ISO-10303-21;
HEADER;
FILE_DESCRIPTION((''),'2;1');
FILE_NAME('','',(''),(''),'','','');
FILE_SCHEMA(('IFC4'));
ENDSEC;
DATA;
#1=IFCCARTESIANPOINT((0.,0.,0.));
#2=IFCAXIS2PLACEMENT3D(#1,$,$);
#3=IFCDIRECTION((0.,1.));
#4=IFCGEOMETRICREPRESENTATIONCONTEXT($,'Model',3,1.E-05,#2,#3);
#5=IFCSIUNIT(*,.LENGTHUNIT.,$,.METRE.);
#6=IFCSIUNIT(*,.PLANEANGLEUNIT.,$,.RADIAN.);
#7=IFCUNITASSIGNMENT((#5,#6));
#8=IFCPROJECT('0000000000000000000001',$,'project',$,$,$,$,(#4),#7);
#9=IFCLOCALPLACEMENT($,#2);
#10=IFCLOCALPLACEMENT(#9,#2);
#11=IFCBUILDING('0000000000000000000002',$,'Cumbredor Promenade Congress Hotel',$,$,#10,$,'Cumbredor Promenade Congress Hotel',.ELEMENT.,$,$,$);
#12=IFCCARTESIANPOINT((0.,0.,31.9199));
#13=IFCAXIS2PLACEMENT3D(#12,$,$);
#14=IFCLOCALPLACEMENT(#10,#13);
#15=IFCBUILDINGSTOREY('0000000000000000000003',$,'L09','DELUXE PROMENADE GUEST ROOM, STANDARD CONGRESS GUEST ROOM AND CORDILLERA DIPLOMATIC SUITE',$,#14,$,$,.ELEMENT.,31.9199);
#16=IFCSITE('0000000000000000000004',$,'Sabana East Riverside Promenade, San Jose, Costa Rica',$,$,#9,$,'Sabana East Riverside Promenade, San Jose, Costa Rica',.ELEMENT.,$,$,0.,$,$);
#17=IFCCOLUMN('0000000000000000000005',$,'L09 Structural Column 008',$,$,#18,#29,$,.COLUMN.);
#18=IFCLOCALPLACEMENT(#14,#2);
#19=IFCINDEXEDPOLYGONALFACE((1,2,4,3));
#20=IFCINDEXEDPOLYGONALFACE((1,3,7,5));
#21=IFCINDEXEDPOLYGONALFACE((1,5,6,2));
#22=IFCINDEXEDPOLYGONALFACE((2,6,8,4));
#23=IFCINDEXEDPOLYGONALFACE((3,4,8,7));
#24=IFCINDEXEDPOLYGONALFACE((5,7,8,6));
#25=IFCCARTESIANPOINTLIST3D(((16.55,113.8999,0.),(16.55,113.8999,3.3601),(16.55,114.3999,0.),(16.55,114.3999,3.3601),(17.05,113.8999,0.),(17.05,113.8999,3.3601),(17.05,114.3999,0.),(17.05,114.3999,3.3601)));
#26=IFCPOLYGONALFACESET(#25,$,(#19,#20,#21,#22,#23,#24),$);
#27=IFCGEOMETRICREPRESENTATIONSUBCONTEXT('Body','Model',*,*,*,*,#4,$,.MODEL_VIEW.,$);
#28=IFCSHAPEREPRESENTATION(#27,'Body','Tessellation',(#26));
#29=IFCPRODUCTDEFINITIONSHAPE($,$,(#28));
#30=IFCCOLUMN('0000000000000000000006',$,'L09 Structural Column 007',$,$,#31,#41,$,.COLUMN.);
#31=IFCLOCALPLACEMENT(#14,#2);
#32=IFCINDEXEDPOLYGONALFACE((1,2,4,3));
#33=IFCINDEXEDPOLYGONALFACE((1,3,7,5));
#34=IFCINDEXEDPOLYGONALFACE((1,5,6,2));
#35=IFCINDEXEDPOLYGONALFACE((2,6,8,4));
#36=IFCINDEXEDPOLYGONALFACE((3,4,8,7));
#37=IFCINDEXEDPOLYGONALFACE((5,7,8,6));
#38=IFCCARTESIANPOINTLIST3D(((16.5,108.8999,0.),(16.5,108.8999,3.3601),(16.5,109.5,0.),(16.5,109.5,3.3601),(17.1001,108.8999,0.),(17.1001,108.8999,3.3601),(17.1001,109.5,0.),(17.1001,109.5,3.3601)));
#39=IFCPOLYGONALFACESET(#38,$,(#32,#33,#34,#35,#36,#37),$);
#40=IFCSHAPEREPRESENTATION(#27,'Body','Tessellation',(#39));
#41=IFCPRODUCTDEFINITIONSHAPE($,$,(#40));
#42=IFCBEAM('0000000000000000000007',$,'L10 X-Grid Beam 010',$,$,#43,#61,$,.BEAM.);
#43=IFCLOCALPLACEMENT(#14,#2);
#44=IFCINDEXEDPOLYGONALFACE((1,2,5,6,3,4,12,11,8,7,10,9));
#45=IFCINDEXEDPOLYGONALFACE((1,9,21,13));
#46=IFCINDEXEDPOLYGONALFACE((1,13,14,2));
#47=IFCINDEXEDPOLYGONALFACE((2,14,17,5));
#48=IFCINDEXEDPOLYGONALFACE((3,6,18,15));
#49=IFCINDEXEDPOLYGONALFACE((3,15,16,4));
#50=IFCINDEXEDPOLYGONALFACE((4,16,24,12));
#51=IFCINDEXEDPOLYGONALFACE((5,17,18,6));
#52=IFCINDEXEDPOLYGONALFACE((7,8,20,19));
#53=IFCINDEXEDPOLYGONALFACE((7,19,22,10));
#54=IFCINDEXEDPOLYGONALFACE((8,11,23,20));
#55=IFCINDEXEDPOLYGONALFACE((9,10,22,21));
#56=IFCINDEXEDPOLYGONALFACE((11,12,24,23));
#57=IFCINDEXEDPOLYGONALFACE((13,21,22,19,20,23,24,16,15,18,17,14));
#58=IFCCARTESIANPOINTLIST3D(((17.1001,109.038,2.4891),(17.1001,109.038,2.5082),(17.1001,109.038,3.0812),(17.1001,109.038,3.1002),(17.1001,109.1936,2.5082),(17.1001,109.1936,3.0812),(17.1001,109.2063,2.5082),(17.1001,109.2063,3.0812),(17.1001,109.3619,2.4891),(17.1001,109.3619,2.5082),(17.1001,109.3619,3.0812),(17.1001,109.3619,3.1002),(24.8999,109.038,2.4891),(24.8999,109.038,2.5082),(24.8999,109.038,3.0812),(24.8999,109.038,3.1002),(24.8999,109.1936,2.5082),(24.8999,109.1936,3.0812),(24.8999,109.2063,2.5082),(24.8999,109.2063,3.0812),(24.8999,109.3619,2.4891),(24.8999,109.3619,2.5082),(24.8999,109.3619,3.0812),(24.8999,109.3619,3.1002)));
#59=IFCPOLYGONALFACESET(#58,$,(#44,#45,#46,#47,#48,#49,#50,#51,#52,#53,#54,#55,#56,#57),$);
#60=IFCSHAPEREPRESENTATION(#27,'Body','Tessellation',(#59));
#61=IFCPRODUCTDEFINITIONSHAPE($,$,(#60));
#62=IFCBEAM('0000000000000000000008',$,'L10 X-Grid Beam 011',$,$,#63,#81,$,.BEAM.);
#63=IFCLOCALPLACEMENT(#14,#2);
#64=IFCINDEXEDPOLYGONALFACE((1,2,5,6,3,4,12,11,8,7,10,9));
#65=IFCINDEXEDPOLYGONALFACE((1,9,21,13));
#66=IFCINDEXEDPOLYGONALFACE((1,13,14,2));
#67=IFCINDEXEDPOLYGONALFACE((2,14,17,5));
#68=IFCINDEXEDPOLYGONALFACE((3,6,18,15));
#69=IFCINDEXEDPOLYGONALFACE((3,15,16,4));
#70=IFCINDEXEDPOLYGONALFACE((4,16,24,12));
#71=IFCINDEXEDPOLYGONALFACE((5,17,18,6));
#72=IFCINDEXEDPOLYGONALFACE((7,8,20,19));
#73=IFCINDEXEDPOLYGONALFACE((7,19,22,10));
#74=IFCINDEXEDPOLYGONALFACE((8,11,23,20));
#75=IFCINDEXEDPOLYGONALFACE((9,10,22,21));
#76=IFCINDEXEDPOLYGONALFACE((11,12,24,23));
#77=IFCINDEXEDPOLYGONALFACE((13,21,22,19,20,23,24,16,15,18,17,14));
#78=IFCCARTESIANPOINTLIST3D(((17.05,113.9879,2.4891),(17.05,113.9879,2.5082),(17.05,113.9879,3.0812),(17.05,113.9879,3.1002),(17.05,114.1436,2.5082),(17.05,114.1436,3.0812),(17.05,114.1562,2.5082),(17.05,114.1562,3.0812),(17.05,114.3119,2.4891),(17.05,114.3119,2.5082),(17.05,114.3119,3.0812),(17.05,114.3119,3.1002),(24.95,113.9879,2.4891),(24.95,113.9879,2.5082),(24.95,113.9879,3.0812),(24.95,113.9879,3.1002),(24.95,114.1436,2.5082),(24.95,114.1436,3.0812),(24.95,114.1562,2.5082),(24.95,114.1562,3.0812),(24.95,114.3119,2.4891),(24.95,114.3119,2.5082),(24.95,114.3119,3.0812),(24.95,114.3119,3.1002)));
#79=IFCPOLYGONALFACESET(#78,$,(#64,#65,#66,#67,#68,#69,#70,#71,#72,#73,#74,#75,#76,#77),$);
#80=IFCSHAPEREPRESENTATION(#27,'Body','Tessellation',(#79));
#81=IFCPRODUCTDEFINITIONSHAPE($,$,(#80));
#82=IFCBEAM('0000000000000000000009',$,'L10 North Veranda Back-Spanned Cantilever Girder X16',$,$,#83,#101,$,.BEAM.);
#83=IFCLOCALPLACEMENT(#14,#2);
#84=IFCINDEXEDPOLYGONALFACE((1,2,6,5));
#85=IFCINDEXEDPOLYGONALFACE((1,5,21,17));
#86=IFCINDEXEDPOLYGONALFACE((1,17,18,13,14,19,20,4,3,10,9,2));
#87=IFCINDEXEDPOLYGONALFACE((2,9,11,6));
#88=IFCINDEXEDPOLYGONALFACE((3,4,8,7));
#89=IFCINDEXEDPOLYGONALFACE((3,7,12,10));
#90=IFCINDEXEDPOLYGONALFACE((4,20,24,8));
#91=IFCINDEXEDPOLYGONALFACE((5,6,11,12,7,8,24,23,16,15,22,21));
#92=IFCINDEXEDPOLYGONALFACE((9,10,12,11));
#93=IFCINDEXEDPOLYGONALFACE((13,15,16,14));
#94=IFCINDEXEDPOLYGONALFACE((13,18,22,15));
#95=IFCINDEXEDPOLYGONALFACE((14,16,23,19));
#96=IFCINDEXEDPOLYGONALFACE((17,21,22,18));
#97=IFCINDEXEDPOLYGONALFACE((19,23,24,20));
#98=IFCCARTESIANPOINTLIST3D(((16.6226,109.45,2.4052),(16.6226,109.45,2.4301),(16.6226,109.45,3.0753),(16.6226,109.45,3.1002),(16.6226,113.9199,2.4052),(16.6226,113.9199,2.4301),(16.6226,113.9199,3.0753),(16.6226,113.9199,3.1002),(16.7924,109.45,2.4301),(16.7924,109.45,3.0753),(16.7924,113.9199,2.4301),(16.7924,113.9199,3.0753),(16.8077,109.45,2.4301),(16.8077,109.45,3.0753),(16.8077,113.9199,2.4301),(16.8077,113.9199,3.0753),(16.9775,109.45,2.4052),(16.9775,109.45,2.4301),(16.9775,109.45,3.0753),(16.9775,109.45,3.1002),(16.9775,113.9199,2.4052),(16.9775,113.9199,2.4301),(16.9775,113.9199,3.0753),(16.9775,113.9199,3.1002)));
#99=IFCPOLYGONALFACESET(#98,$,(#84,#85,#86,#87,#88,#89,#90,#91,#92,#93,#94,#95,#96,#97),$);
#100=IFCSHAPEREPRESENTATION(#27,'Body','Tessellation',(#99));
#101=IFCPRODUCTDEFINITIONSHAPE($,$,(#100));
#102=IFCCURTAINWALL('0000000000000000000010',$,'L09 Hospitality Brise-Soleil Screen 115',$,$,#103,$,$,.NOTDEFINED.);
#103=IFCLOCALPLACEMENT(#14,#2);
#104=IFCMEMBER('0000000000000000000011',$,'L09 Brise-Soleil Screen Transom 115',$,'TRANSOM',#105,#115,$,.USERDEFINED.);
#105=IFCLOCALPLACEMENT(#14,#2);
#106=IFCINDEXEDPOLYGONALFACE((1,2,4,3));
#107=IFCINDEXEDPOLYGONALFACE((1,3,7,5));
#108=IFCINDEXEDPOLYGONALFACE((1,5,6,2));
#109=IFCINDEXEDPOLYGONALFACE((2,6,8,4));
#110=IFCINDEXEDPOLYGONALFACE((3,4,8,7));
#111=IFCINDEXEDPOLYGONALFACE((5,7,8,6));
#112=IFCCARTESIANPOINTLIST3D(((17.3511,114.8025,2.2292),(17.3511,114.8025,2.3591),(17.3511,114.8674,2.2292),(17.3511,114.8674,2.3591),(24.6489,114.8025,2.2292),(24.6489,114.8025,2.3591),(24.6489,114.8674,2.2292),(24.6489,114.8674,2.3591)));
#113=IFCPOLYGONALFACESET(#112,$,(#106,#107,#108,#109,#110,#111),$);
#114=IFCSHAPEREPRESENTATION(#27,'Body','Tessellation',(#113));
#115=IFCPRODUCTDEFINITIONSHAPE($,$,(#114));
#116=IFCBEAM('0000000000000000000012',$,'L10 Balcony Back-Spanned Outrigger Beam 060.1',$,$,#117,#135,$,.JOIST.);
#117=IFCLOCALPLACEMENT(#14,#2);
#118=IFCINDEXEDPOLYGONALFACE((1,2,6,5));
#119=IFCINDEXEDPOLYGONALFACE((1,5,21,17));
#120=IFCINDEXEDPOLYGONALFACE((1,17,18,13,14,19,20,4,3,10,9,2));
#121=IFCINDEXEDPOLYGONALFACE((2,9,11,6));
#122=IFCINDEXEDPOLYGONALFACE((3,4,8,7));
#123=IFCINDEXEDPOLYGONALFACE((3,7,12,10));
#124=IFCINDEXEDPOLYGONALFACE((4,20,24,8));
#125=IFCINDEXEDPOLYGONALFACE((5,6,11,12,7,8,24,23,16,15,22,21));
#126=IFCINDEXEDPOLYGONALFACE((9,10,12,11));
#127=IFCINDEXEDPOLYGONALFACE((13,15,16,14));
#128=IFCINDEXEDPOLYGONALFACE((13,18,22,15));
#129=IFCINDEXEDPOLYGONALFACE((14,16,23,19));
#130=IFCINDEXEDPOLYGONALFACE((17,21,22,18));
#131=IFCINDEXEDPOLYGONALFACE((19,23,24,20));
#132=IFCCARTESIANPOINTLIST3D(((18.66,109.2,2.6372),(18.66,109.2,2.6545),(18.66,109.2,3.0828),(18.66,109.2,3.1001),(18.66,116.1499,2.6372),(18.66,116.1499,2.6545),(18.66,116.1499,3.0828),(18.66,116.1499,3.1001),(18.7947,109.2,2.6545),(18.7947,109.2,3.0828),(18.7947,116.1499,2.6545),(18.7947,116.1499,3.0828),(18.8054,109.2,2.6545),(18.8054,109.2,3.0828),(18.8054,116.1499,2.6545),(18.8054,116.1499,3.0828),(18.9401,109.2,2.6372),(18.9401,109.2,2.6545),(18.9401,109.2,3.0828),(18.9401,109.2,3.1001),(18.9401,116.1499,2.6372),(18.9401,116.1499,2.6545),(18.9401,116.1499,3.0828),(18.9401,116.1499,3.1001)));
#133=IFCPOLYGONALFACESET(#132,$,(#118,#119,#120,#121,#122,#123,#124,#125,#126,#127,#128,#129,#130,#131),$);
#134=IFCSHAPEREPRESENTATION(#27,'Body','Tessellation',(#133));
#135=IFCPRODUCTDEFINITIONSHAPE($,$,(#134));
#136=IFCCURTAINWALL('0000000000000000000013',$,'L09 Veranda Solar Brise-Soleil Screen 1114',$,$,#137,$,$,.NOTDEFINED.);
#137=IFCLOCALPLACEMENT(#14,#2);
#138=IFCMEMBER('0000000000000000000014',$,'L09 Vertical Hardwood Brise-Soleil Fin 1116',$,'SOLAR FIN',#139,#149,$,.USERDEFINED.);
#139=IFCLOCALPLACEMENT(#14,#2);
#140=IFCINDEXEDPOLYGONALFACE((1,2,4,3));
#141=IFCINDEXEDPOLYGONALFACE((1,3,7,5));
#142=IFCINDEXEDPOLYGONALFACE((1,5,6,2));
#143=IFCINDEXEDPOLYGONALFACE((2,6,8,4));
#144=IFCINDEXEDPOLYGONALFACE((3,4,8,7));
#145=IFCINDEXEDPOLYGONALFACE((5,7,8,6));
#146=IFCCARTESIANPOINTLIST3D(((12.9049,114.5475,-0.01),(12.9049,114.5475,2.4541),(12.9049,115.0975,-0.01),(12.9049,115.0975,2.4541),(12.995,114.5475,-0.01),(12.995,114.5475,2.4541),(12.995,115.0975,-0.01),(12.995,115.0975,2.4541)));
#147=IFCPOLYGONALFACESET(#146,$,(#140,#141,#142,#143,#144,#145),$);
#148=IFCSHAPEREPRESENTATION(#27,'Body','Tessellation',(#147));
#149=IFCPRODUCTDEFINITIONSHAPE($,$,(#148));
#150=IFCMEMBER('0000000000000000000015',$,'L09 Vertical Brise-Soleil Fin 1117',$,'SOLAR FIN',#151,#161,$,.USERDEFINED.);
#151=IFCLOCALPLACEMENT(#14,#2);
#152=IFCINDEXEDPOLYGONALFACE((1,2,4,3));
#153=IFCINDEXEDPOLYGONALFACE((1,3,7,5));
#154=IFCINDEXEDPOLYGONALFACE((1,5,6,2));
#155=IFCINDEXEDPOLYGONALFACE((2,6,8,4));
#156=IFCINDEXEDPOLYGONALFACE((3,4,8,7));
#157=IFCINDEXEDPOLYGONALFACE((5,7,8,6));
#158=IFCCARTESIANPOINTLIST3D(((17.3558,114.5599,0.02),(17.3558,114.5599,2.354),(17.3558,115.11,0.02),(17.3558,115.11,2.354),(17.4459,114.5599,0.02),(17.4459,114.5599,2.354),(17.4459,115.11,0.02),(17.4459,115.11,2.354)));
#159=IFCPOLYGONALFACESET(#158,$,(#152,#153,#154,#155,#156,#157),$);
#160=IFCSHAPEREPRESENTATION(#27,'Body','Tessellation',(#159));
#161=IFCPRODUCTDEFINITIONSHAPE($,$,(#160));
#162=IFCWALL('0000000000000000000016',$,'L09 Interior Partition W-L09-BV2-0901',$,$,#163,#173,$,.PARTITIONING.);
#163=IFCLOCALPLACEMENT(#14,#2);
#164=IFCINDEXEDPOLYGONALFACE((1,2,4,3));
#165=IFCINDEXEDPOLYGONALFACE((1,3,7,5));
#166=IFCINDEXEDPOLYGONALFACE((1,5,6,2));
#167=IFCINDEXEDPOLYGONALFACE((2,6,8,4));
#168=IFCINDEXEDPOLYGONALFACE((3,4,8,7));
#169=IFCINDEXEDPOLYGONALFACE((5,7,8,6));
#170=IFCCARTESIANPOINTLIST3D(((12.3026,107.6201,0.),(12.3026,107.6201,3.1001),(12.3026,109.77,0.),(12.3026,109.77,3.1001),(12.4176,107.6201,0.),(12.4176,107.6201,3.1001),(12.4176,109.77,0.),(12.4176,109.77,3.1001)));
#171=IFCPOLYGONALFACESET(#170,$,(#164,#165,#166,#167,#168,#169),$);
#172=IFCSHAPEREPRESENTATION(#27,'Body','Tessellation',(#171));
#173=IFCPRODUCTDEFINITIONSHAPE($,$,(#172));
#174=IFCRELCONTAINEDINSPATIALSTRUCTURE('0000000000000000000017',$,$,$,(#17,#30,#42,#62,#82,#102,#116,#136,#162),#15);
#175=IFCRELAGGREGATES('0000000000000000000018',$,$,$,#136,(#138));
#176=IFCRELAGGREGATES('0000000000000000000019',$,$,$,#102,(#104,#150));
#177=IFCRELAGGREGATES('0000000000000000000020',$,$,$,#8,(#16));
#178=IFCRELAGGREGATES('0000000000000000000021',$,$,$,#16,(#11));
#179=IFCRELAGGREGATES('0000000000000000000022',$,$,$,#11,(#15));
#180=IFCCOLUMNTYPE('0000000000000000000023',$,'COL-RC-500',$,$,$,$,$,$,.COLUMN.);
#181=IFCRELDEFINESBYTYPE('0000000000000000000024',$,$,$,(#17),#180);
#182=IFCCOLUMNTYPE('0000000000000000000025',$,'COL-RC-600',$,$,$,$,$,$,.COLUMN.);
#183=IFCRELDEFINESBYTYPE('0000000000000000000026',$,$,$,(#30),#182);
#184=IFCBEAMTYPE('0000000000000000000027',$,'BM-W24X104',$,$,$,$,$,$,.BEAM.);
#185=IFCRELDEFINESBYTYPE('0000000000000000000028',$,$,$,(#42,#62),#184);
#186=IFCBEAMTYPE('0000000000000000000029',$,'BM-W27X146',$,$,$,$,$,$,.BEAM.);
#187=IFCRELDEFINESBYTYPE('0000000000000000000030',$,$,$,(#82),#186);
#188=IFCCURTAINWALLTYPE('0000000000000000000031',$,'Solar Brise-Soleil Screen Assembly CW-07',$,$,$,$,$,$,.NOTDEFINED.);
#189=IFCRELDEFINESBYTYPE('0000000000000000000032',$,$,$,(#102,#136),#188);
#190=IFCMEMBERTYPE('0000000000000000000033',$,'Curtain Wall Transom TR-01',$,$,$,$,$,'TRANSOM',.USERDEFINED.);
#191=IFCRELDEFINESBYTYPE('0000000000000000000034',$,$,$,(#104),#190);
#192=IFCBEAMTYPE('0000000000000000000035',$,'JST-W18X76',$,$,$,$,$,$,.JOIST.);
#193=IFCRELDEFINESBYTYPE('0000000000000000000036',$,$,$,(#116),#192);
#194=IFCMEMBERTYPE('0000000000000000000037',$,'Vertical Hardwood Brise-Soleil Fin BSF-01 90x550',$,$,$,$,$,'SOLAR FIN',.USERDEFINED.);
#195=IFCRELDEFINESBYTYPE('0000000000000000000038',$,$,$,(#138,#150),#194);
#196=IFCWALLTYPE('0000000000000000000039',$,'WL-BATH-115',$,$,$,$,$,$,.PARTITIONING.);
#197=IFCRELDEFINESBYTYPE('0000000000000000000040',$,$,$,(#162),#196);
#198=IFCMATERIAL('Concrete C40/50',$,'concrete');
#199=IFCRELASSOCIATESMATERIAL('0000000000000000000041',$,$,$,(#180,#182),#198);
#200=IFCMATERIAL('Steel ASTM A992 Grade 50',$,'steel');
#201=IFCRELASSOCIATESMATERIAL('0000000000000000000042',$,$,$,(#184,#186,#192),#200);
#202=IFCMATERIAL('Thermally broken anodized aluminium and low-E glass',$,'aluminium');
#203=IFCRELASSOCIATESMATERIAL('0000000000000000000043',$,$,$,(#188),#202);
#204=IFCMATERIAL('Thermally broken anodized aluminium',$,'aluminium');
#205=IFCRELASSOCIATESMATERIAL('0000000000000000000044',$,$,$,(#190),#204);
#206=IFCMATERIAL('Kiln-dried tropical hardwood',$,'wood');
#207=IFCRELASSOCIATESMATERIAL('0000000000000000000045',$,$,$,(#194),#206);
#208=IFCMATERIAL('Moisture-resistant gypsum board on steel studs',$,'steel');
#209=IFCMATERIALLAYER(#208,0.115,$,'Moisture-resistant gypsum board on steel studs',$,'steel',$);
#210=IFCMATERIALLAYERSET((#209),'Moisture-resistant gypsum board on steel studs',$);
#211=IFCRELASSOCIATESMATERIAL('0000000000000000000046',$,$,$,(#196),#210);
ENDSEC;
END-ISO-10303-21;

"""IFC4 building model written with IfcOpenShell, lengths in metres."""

from ifc_helpers import new_model, si_unit, direction, frame, frame_2d, origin, origin_2d, place, context, subcontext, project, spatial, rectangle, i_section, extrude, material, layer, layer_set, material_profile, profile_set, type_object, element, aggregate, save


model = new_model("IFC4")

# Units and contexts
model_context = context("Model", 3, precision=1e-05, world=origin(), true_north=direction((0.0, 1.0)))
body_context = subcontext(model_context, "Body", "Model", "MODEL_VIEW")
ifc_project = project(units=[si_unit("LENGTHUNIT", "METRE"), si_unit("PLANEANGLEUNIT", "RADIAN")], contexts=[model_context])

# Site, building, storey
site_placement = place(None, origin())
site = spatial("IfcSite", under=ifc_project, at=site_placement, Name="Sabana East Riverside Promenade, San Jose, Costa Rica", LongName="Sabana East Riverside Promenade, San Jose, Costa Rica", CompositionType="ELEMENT", RefElevation=0.0)
building_placement = place(site_placement, origin())
building = spatial("IfcBuilding", under=site, at=building_placement, Name="Cumbredor Promenade Congress Hotel", LongName="Cumbredor Promenade Congress Hotel", CompositionType="ELEMENT")
storey_placement = place(building_placement, frame((0.0, 0.0, 31.9199)))
storey = spatial("IfcBuildingStorey", under=building, at=storey_placement, Name="L09", Description="DELUXE PROMENADE GUEST ROOM, STANDARD CONGRESS GUEST ROOM AND CORDILLERA DIPLOMATIC SUITE", CompositionType="ELEMENT", Elevation=31.9199)

# Columns
ifc_material_1 = material(Name="Concrete C40/50", Category="concrete")
ifc_material_profile_1 = material_profile(ifc_material_1, rectangle(XDim=0.5, YDim=0.5, at=origin_2d()), Name="RC 500x500")
ifc_profile_set_1 = profile_set([ifc_material_profile_1], Name="Concrete C40/50")
column_type_1 = type_object("IfcColumnType", Name="COL-RC-500", PredefinedType="COLUMN", material=ifc_profile_set_1)
column_1_placement = place(storey_placement, frame((16.8, 114.1499, 0.0), z_axis=(0.0, 0.0, 1.0), x_axis=(1.0, 0.0, 0.0)))
element("IfcColumn", 1, at=column_1_placement, inside=storey, type_object=column_type_1, Name="L09 Structural Column 008", PredefinedType="COLUMN", context=body_context, shape_type="SweptSolid", body=[
    extrude(rectangle(XDim=0.5, YDim=0.5, at=origin_2d()), origin(), (0.0, 0.0, 1.0), 3.3601),
])
ifc_material_profile_2 = material_profile(ifc_material_1, rectangle(XDim=0.6001, YDim=0.6001, at=origin_2d()), Name="RC 600x600")
ifc_profile_set_2 = profile_set([ifc_material_profile_2], Name="Concrete C40/50")
column_type_2 = type_object("IfcColumnType", Name="COL-RC-600", PredefinedType="COLUMN", material=ifc_profile_set_2)
column_2_placement = place(storey_placement, frame((16.8, 109.2, 0.0), z_axis=(0.0, 0.0, 1.0), x_axis=(1.0, 0.0, 0.0)))
element("IfcColumn", 2, at=column_2_placement, inside=storey, type_object=column_type_2, Name="L09 Structural Column 007", PredefinedType="COLUMN", context=body_context, shape_type="SweptSolid", body=[
    extrude(rectangle(XDim=0.6001, YDim=0.6001, at=origin_2d()), origin(), (0.0, 0.0, 1.0), 3.3601),
])

# Beams
ifc_material_2 = material(Name="Steel ASTM A992 Grade 50", Category="steel")
ifc_material_profile_3 = material_profile(ifc_material_2, i_section(OverallWidth=0.324, OverallDepth=0.6111, WebThickness=0.0127, FlangeThickness=0.019, at=origin_2d()), Name="W24X104")
ifc_profile_set_3 = profile_set([ifc_material_profile_3], Name="Steel ASTM A992 Grade 50")
beam_type_1 = type_object("IfcBeamType", Name="BM-W24X104", PredefinedType="BEAM", material=ifc_profile_set_3)
beam_1_placement = place(storey_placement, frame((17.1001, 109.2, 2.7947), z_axis=(1.0, 0.0, 0.0), x_axis=(0.0, 1.0, 0.0)))
element("IfcBeam", 3, at=beam_1_placement, inside=storey, type_object=beam_type_1, Name="L10 X-Grid Beam 010", PredefinedType="BEAM", context=body_context, shape_type="SweptSolid", body=[
    extrude(i_section(OverallWidth=0.324, OverallDepth=0.6111, WebThickness=0.0127, FlangeThickness=0.019, at=origin_2d()), origin(), (0.0, 0.0, 1.0), 7.7998),
])
beam_2_placement = place(storey_placement, frame((17.05, 114.1499, 2.7947), z_axis=(1.0, 0.0, 0.0), x_axis=(0.0, 1.0, 0.0)))
element("IfcBeam", 4, at=beam_2_placement, inside=storey, type_object=beam_type_1, Name="L10 X-Grid Beam 011", PredefinedType="BEAM", context=body_context, shape_type="SweptSolid", body=[
    extrude(i_section(OverallWidth=0.324, OverallDepth=0.6111, WebThickness=0.0127, FlangeThickness=0.019, at=origin_2d()), origin(), (0.0, 0.0, 1.0), 7.8999),
])
ifc_material_profile_4 = material_profile(ifc_material_2, i_section(OverallWidth=0.355, OverallDepth=0.6951, WebThickness=0.0154, FlangeThickness=0.0249, at=origin_2d()), Name="W27X146")
ifc_profile_set_4 = profile_set([ifc_material_profile_4], Name="Steel ASTM A992 Grade 50")
beam_type_2 = type_object("IfcBeamType", Name="BM-W27X146", PredefinedType="BEAM", material=ifc_profile_set_4)
beam_3_placement = place(storey_placement, frame((16.8, 109.45, 2.7527), z_axis=(0.0, 1.0, 0.0), x_axis=(-1.0, 0.0, 0.0)))
element("IfcBeam", 5, at=beam_3_placement, inside=storey, type_object=beam_type_2, Name="L10 North Veranda Back-Spanned Cantilever Girder X16", PredefinedType="BEAM", context=body_context, shape_type="SweptSolid", body=[
    extrude(i_section(OverallWidth=0.355, OverallDepth=0.6951, WebThickness=0.0154, FlangeThickness=0.0249, at=origin_2d()), origin(), (0.0, 0.0, 1.0), 4.47),
])

# Curtain wall, member
ifc_material_3 = material(Name="Thermally broken anodized aluminium and low-E glass", Category="aluminium")
curtain_wall_type = type_object("IfcCurtainWallType", Name="Solar Brise-Soleil Screen Assembly CW-07", PredefinedType="NOTDEFINED", material=ifc_material_3)
curtain_wall_1_placement = place(storey_placement, origin())
curtain_wall_1 = element("IfcCurtainWall", 6, at=curtain_wall_1_placement, inside=storey, type_object=curtain_wall_type, Name="L09 Hospitality Brise-Soleil Screen 115", PredefinedType="NOTDEFINED")
ifc_material_4 = material(Name="Thermally broken anodized aluminium", Category="aluminium")
ifc_material_profile_5 = material_profile(ifc_material_4, rectangle(XDim=0.0649, YDim=0.1299, at=origin_2d()), Name="ALU TRANSOM 65x130")
ifc_profile_set_5 = profile_set([ifc_material_profile_5], Name="Thermally broken anodized aluminium")
member_type_1 = type_object("IfcMemberType", Name="Curtain Wall Transom TR-01", ElementType="TRANSOM", PredefinedType="USERDEFINED", material=ifc_profile_set_5)
member_1_placement = place(storey_placement, frame((17.3511, 114.835, 2.2942), z_axis=(1.0, 0.0, 0.0), x_axis=(0.0, 1.0, 0.0)))
member_1 = element("IfcMember", 7, at=member_1_placement, type_object=member_type_1, Name="L09 Brise-Soleil Screen Transom 115", ObjectType="TRANSOM", PredefinedType="USERDEFINED", context=body_context, shape_type="SweptSolid", body=[
    extrude(rectangle(XDim=0.0649, YDim=0.1299, at=origin_2d()), origin(), (0.0, 0.0, 1.0), 7.2979),
])

# Beam
ifc_material_profile_6 = material_profile(ifc_material_2, i_section(OverallWidth=0.28, OverallDepth=0.4629, WebThickness=0.0107, FlangeThickness=0.0173, at=origin_2d()), Name="W18X76")
ifc_profile_set_6 = profile_set([ifc_material_profile_6], Name="Steel ASTM A992 Grade 50")
beam_type_3 = type_object("IfcBeamType", Name="JST-W18X76", PredefinedType="JOIST", material=ifc_profile_set_6)
beam_4_placement = place(storey_placement, frame((18.8, 109.2, 2.8687), z_axis=(0.0, 1.0, 0.0), x_axis=(-1.0, 0.0, 0.0)))
element("IfcBeam", 8, at=beam_4_placement, inside=storey, type_object=beam_type_3, Name="L10 Balcony Back-Spanned Outrigger Beam 060.1", PredefinedType="JOIST", context=body_context, shape_type="SweptSolid", body=[
    extrude(i_section(OverallWidth=0.28, OverallDepth=0.4629, WebThickness=0.0107, FlangeThickness=0.0173, at=origin_2d()), origin(), (0.0, 0.0, 1.0), 6.95),
])

# Curtain wall, member
curtain_wall_2_placement = place(storey_placement, origin())
curtain_wall_2 = element("IfcCurtainWall", 9, at=curtain_wall_2_placement, inside=storey, type_object=curtain_wall_type, Name="L09 Veranda Solar Brise-Soleil Screen 1114", PredefinedType="NOTDEFINED")
ifc_material_5 = material(Name="Kiln-dried tropical hardwood", Category="wood")
ifc_material_profile_7 = material_profile(ifc_material_5, rectangle(XDim=0.0901, YDim=0.55, at=origin_2d()), Name="ARCH FIN 90x550")
ifc_profile_set_7 = profile_set([ifc_material_profile_7], Name="Kiln-dried tropical hardwood")
member_type_2 = type_object("IfcMemberType", Name="Vertical Hardwood Brise-Soleil Fin BSF-01 90x550", ElementType="SOLAR FIN", PredefinedType="USERDEFINED", material=ifc_profile_set_7)
member_2_placement = place(storey_placement, frame((12.95, 114.8225, -0.01), z_axis=(0.0, 0.0, 1.0), x_axis=(1.0, 0.0, 0.0)))
member_2 = element("IfcMember", 10, at=member_2_placement, type_object=member_type_2, Name="L09 Vertical Hardwood Brise-Soleil Fin 1116", ObjectType="SOLAR FIN", PredefinedType="USERDEFINED", context=body_context, shape_type="SweptSolid", body=[
    extrude(rectangle(XDim=0.0901, YDim=0.55, at=origin_2d()), origin(), (0.0, 0.0, 1.0), 2.4641),
])
aggregate(curtain_wall_2, [member_2])

# Member
member_3_placement = place(storey_placement, frame((17.4009, 114.835, 0.02), z_axis=(0.0, 0.0, 1.0), x_axis=(1.0, 0.0, 0.0)))
member_3 = element("IfcMember", 11, at=member_3_placement, type_object=member_type_2, Name="L09 Vertical Brise-Soleil Fin 1117", ObjectType="SOLAR FIN", PredefinedType="USERDEFINED", context=body_context, shape_type="SweptSolid", body=[
    extrude(rectangle(XDim=0.0901, YDim=0.55, at=origin_2d()), origin(), (0.0, 0.0, 1.0), 2.334),
])
aggregate(curtain_wall_1, [member_1, member_3])

# Wall
ifc_material_6 = material(Name="Moisture-resistant gypsum board on steel studs", Category="steel")
ifc_layer_1 = layer(ifc_material_6, 0.115, Name="Moisture-resistant gypsum board on steel studs", Category="steel")
ifc_layer_set_1 = layer_set([ifc_layer_1], Name="Moisture-resistant gypsum board on steel studs")
wall_type_1 = type_object("IfcWallType", Name="WL-BATH-115", PredefinedType="PARTITIONING", material=ifc_layer_set_1)
wall_1_placement = place(storey_placement, frame((12.3601, 107.6201, 0.0), z_axis=(0.0, 0.0, 1.0), x_axis=(0.0, 1.0, 0.0)))
element("IfcWall", 12, at=wall_1_placement, inside=storey, type_object=wall_type_1, Name="L09 Interior Partition W-L09-BV2-0901", PredefinedType="PARTITIONING", context=body_context, shape_type="SweptSolid", body=[
    extrude(rectangle(XDim=2.1499, YDim=0.115, at=frame_2d((1.075, 0.0))), origin(), (0.0, 0.0, 1.0), 3.1001),
])

save(model, "model.ifc")
